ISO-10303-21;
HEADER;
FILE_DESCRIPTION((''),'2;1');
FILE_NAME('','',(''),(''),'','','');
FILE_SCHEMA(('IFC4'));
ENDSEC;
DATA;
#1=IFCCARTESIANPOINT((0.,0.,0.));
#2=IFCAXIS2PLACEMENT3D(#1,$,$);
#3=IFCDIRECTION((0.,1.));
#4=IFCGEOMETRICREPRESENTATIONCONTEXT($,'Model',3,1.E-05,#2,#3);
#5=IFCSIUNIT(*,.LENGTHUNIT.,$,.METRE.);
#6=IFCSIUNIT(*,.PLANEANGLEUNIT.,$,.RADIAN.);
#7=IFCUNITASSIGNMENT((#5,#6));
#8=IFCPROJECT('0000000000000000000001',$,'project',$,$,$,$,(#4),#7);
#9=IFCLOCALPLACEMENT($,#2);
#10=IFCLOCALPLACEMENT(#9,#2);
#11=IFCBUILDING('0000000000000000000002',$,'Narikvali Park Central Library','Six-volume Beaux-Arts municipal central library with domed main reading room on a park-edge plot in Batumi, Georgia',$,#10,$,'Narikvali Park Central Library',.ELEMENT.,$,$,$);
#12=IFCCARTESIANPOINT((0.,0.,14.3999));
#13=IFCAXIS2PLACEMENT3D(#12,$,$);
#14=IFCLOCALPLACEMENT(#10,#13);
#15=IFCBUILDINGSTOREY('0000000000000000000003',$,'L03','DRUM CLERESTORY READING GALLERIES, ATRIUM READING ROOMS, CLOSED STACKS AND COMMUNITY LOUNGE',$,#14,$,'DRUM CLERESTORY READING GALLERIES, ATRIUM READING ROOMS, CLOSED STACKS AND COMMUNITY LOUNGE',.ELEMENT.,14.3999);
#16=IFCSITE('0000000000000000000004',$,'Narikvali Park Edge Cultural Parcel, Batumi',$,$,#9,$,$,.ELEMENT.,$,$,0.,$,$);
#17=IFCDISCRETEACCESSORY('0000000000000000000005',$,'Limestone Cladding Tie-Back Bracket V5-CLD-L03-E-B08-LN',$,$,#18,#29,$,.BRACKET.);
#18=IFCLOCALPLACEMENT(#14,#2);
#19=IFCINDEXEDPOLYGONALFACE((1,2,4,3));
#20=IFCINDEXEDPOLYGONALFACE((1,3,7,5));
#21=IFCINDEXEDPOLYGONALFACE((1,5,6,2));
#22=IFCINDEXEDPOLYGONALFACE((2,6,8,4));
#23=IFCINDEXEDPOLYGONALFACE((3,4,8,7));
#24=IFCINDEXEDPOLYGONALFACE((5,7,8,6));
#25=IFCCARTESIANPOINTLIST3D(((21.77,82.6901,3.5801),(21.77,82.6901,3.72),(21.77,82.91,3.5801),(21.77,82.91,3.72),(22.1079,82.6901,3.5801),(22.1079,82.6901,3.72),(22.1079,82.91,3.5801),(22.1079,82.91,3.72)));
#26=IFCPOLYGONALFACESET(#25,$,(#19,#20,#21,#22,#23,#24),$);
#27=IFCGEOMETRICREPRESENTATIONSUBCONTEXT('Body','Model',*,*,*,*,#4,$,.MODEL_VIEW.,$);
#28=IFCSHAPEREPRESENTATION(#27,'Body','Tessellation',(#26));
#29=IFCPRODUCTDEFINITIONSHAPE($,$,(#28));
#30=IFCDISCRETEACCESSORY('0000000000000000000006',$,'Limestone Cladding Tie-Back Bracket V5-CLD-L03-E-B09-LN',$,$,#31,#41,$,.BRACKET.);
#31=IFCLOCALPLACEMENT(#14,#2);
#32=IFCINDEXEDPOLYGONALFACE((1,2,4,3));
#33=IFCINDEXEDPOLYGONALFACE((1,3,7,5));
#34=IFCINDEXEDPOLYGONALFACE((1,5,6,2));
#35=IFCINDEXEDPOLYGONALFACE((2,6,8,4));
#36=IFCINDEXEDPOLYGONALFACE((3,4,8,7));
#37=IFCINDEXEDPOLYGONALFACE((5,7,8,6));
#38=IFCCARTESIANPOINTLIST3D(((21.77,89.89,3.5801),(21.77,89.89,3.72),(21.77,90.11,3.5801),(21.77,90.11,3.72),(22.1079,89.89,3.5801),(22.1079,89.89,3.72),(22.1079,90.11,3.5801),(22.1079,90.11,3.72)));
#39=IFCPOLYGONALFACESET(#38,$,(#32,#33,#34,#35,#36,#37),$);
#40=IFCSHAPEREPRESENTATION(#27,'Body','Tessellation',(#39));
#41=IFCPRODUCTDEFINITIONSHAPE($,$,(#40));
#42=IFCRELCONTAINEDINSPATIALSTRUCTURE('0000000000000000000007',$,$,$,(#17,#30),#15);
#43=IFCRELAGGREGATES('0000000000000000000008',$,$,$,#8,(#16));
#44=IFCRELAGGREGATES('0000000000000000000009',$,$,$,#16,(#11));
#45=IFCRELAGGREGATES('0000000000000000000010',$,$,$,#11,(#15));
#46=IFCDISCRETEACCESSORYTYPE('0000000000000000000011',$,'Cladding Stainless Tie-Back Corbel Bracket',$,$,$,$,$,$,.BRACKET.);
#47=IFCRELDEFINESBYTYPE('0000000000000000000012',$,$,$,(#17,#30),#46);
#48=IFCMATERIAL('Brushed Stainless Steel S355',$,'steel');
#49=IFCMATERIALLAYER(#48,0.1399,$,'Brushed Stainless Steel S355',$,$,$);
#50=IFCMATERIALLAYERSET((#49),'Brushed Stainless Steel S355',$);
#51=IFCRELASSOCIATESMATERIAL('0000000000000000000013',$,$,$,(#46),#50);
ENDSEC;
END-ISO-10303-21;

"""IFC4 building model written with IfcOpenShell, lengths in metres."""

from ifc_helpers import new_model, si_unit, direction, frame, origin, origin_2d, place, context, subcontext, project, spatial, rectangle, extrude, material, layer, layer_set, type_object, element, save


model = new_model("IFC4")

# Units and contexts
model_context = context("Model", 3, precision=1e-05, world=origin(), true_north=direction((0.0, 1.0)))
body_context = subcontext(model_context, "Body", "Model", "MODEL_VIEW")
ifc_project = project(units=[si_unit("LENGTHUNIT", "METRE"), si_unit("PLANEANGLEUNIT", "RADIAN")], contexts=[model_context])

# Site, building, storey
site_placement = place(None, origin())
site = spatial("IfcSite", under=ifc_project, at=site_placement, Name="Narikvali Park Edge Cultural Parcel, Batumi", CompositionType="ELEMENT", RefElevation=0.0)
building_placement = place(site_placement, origin())
building = spatial("IfcBuilding", under=site, at=building_placement, Name="Narikvali Park Central Library", Description="Six-volume Beaux-Arts municipal central library with domed main reading room on a park-edge plot in Batumi, Georgia", LongName="Narikvali Park Central Library", CompositionType="ELEMENT")
storey_placement = place(building_placement, frame((0.0, 0.0, 14.3999)))
storey = spatial("IfcBuildingStorey", under=building, at=storey_placement, Name="L03", Description="DRUM CLERESTORY READING GALLERIES, ATRIUM READING ROOMS, CLOSED STACKS AND COMMUNITY LOUNGE", LongName="DRUM CLERESTORY READING GALLERIES, ATRIUM READING ROOMS, CLOSED STACKS AND COMMUNITY LOUNGE", CompositionType="ELEMENT", Elevation=14.3999)

# Discrete accessories
ifc_material_1 = material(Name="Brushed Stainless Steel S355", Category="steel")
ifc_layer_1 = layer(ifc_material_1, 0.1399, Name="Brushed Stainless Steel S355")
ifc_layer_set_1 = layer_set([ifc_layer_1], Name="Brushed Stainless Steel S355")
discrete_accessory_type = type_object("IfcDiscreteAccessoryType", Name="Cladding Stainless Tie-Back Corbel Bracket", PredefinedType="BRACKET", material=ifc_layer_set_1)
for number, where, z_axis, x_axis, name in (
    (1, (21.939, 82.8, 3.5801), (0.0, 0.0, 1.0), (1.0, 0.0, 0.0), "Limestone Cladding Tie-Back Bracket V5-CLD-L03-E-B08-LN"),
    (2, (21.939, 90.0, 3.5801), (0.0, 0.0, 1.0), (1.0, 0.0, 0.0), "Limestone Cladding Tie-Back Bracket V5-CLD-L03-E-B09-LN"),
):
    element("IfcDiscreteAccessory", number, at=place(storey_placement, frame(where, z_axis=z_axis, x_axis=x_axis)), inside=storey, type_object=discrete_accessory_type, Name=name, PredefinedType="BRACKET", context=body_context, shape_type="SweptSolid", body=[
        extrude(rectangle(XDim=0.3379, YDim=0.22, at=origin_2d()), origin(), (0.0, 0.0, 1.0), 0.1399),
    ])

save(model, "model.ifc")
